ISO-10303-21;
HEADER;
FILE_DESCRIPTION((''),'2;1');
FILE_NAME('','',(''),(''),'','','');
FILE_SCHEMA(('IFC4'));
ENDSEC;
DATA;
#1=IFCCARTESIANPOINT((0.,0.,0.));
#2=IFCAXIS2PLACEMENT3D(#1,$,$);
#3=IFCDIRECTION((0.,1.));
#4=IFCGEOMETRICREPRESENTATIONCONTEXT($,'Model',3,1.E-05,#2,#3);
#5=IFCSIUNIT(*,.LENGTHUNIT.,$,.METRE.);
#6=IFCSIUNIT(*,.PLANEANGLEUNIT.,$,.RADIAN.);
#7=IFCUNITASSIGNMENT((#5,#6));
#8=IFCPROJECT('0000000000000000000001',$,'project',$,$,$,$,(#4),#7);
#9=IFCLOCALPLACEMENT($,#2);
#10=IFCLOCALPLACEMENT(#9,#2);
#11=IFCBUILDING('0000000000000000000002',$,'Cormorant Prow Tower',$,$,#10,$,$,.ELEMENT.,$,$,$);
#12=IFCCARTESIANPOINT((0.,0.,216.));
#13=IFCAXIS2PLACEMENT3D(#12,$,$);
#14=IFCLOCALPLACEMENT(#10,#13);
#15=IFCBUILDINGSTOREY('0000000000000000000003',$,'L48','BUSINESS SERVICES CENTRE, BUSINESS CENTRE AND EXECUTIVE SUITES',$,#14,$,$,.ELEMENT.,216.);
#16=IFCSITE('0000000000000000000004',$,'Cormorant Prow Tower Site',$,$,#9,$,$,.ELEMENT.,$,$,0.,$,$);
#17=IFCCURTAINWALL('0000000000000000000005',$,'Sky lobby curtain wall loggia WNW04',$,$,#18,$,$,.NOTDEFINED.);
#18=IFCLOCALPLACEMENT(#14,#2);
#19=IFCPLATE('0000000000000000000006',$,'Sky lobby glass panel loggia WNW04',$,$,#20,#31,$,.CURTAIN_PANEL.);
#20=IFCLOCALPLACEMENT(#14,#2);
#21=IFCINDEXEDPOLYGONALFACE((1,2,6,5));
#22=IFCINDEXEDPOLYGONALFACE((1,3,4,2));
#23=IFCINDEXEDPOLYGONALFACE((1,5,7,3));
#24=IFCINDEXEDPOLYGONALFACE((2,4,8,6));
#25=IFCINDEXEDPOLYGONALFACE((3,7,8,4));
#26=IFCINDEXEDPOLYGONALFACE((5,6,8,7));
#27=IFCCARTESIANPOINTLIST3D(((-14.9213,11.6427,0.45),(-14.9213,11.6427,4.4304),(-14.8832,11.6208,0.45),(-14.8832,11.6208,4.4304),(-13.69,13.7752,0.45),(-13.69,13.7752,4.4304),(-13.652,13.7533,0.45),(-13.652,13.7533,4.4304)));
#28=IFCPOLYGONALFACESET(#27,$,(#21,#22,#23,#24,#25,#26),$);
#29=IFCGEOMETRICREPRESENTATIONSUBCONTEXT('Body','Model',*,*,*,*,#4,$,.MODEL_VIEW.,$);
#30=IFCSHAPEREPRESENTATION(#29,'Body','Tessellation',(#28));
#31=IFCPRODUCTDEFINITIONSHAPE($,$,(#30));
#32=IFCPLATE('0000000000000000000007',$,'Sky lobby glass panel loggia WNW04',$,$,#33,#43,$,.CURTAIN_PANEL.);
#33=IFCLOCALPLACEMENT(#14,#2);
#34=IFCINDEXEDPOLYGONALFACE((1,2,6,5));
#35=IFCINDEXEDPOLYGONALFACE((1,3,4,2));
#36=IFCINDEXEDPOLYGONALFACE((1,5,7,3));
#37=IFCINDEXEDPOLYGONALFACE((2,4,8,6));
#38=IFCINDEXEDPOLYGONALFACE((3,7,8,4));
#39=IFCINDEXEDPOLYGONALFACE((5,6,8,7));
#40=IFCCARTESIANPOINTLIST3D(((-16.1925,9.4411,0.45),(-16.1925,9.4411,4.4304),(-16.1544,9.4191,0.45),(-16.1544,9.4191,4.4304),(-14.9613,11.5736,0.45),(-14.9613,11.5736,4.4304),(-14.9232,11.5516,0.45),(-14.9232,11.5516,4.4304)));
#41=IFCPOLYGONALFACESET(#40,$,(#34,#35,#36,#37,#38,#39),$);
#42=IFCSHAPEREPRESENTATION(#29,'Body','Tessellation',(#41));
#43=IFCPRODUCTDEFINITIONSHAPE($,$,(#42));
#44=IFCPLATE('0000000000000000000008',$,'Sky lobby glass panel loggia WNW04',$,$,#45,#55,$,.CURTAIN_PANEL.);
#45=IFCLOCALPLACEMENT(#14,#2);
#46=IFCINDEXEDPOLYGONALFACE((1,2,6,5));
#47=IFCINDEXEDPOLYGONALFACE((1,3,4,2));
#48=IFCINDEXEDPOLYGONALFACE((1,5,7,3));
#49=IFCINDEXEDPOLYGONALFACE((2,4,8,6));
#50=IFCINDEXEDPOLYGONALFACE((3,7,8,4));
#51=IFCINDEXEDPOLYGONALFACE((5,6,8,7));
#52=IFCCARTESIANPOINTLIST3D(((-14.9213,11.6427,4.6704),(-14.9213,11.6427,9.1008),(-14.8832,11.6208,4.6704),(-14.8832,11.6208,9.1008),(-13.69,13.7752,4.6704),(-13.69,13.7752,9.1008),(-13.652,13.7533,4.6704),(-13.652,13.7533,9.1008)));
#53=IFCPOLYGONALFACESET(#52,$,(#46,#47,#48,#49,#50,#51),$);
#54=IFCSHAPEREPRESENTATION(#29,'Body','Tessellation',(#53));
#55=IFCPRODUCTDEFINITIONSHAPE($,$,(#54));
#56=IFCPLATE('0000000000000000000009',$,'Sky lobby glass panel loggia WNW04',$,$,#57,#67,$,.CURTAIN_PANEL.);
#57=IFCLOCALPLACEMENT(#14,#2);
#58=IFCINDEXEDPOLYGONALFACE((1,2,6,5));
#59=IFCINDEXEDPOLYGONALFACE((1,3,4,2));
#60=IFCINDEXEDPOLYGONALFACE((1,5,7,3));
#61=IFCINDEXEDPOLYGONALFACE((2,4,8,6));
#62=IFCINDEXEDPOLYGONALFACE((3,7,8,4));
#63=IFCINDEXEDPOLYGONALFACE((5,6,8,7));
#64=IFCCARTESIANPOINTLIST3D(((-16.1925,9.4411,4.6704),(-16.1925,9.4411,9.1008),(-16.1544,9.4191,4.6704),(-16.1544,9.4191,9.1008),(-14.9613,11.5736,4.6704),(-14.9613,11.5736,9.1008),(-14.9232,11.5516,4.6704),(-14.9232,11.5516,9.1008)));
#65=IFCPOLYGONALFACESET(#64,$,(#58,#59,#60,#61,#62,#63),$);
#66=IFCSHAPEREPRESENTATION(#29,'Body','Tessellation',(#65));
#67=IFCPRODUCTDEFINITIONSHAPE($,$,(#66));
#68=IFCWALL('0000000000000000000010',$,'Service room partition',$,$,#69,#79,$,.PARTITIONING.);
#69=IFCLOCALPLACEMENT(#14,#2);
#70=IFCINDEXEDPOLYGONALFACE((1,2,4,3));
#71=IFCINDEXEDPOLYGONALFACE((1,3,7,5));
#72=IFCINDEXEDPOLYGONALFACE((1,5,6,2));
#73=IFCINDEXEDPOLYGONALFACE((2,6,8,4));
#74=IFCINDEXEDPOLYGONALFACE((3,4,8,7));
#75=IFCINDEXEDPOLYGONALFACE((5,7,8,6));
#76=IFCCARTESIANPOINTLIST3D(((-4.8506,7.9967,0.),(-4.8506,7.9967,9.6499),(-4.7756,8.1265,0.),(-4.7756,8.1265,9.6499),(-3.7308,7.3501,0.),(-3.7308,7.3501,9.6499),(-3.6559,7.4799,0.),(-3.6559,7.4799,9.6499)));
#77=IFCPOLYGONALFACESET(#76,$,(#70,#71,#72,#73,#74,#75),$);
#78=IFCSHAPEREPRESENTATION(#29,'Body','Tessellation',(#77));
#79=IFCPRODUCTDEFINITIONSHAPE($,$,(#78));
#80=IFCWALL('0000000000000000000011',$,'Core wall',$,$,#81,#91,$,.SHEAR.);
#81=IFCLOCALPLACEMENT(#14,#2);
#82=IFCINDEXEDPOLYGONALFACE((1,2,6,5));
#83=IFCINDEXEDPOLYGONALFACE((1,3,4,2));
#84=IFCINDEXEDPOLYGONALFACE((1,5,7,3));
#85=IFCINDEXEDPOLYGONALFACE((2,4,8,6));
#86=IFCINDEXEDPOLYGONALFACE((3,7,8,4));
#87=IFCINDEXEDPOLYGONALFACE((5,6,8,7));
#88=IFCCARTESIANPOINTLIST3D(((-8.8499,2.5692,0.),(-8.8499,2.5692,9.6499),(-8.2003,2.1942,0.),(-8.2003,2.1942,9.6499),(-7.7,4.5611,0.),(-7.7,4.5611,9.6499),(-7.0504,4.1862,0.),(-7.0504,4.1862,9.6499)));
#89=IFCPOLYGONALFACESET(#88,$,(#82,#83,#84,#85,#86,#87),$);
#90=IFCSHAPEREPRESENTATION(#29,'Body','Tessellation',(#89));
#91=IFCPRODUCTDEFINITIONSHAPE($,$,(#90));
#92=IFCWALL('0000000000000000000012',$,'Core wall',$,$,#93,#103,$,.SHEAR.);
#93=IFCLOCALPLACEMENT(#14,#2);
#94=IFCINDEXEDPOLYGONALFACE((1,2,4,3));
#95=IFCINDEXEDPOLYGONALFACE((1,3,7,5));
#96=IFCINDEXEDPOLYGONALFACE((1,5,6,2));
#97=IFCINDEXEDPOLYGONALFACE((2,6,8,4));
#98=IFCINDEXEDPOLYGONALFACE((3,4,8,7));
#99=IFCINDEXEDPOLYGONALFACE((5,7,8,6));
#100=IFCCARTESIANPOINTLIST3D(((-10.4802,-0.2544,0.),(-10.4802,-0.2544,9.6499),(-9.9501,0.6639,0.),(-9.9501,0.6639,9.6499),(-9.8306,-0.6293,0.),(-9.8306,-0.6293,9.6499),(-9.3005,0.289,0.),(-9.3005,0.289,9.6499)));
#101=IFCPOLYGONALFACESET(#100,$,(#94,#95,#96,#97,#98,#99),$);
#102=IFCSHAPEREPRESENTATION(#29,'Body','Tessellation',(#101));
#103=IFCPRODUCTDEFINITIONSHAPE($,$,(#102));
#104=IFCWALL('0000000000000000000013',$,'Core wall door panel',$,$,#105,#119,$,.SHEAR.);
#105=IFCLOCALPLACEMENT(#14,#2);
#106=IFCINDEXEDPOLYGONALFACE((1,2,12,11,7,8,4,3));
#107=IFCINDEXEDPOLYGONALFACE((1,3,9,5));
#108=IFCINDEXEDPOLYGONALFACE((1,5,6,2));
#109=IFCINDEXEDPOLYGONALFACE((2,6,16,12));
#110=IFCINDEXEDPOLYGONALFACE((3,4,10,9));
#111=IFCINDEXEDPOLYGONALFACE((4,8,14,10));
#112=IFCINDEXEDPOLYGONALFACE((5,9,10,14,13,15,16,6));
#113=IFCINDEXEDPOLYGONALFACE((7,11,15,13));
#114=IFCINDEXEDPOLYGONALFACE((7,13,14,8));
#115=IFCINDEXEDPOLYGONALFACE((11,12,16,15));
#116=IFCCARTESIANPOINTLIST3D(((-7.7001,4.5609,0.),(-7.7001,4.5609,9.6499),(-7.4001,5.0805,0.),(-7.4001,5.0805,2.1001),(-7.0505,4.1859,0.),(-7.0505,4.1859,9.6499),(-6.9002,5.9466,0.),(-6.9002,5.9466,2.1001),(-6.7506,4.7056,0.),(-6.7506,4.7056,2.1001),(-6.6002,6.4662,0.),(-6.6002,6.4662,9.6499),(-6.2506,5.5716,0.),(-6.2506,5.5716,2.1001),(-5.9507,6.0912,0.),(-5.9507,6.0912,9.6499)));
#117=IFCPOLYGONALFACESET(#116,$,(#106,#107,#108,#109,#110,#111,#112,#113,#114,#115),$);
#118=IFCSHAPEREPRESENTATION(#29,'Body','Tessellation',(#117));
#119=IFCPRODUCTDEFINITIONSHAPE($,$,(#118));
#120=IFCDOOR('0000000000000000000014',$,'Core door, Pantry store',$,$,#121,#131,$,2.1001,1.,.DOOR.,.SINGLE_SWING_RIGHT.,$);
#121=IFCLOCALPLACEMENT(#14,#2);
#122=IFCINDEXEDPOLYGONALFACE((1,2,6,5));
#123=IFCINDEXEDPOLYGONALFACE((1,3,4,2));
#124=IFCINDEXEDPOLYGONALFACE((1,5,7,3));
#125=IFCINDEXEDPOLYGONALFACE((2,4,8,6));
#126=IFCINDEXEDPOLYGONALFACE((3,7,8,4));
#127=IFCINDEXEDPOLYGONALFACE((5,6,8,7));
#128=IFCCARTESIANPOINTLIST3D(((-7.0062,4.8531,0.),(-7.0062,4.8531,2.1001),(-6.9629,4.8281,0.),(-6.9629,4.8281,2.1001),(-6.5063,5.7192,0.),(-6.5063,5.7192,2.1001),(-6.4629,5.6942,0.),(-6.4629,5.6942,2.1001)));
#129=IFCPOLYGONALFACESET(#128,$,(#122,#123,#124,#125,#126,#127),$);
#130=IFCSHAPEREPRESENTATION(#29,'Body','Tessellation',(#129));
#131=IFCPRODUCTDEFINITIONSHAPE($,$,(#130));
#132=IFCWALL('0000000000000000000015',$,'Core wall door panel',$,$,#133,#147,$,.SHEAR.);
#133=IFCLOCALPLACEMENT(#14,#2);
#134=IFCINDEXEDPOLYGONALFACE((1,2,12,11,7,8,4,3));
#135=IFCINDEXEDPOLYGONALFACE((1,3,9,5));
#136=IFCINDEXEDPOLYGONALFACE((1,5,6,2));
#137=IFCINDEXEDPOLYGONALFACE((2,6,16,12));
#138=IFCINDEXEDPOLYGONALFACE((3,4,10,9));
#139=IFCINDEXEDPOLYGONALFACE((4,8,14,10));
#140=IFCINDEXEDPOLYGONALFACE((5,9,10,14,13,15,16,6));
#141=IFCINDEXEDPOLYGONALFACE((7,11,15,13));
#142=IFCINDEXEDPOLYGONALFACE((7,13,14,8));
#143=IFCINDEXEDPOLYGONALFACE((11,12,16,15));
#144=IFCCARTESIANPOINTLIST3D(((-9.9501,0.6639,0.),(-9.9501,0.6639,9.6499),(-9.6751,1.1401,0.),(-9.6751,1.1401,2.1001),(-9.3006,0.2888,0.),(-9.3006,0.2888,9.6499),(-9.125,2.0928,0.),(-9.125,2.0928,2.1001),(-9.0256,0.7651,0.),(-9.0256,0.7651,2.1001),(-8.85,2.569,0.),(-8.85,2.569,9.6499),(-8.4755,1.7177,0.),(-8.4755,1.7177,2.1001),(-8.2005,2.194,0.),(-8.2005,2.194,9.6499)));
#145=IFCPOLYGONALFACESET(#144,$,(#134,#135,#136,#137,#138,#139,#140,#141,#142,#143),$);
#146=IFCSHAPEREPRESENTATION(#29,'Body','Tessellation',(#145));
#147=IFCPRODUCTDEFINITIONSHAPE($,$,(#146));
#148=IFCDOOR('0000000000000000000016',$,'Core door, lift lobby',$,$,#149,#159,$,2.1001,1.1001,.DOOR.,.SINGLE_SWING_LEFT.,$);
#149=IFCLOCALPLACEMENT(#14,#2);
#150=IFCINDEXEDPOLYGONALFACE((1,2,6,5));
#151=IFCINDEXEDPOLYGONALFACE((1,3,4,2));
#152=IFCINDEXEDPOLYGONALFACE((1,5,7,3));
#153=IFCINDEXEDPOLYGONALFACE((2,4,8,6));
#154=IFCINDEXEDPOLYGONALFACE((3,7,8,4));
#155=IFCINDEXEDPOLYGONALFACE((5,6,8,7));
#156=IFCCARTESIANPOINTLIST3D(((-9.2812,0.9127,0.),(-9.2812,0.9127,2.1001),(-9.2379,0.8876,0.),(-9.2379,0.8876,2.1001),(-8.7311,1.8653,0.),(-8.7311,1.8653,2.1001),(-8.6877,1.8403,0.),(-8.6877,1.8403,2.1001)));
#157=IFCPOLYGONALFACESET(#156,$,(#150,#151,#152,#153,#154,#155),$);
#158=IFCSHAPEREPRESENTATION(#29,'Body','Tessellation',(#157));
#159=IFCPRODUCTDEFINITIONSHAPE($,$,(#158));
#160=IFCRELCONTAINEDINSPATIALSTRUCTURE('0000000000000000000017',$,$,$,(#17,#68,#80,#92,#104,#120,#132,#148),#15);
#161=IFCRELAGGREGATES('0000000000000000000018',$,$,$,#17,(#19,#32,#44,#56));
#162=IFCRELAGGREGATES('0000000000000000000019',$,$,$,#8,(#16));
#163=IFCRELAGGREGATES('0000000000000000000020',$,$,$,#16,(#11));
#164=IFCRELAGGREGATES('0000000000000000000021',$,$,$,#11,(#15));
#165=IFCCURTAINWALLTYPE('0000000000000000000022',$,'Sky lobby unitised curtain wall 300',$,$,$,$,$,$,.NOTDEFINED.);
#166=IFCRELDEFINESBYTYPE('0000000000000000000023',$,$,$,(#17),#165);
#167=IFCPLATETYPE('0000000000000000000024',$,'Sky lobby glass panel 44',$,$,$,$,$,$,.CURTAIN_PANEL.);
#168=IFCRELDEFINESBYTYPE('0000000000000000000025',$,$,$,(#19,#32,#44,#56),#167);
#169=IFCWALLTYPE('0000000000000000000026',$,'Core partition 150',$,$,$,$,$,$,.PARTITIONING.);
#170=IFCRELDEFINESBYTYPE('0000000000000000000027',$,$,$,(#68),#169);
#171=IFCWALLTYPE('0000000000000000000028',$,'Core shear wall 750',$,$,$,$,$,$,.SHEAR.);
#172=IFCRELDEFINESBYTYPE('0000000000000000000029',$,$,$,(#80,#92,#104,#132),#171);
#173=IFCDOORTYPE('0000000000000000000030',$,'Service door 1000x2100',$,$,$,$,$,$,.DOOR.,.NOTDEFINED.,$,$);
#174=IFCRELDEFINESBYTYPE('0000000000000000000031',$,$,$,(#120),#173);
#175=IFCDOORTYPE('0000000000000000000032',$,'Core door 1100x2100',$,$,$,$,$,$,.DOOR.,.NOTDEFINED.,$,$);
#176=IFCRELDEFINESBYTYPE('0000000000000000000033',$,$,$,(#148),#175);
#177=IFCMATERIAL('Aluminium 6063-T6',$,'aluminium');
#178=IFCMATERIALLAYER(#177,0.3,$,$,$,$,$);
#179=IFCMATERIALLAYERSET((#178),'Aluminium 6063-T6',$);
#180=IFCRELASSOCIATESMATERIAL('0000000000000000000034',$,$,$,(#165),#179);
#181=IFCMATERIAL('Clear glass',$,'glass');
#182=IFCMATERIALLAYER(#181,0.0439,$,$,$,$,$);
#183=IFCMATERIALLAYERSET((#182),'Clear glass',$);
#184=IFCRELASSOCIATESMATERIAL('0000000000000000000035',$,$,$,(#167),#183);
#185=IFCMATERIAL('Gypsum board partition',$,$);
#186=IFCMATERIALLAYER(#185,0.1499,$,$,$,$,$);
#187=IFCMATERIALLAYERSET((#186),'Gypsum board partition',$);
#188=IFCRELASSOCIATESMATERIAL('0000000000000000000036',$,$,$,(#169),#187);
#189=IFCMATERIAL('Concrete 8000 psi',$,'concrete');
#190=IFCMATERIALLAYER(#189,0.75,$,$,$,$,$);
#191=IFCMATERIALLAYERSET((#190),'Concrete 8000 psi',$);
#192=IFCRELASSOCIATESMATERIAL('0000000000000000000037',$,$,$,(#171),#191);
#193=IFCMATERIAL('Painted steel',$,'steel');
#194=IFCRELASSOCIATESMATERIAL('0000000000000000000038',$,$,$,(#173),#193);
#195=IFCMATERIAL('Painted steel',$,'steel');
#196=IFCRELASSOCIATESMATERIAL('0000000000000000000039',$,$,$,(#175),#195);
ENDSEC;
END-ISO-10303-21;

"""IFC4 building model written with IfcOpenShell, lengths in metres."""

from ifc_helpers import new_model, si_unit, direction, frame, frame_2d, origin, origin_2d, place, context, subcontext, project, spatial, rectangle, extrude, material, layer, layer_set, type_object, element, fill, aggregate, save


model = new_model("IFC4")

# Units and contexts
model_context = context("Model", 3, precision=1e-05, world=origin(), true_north=direction((0.0, 1.0)))
body_context = subcontext(model_context, "Body", "Model", "MODEL_VIEW")
ifc_project = project(units=[si_unit("LENGTHUNIT", "METRE"), si_unit("PLANEANGLEUNIT", "RADIAN")], contexts=[model_context])

# Site, building, storey
site_placement = place(None, origin())
site = spatial("IfcSite", under=ifc_project, at=site_placement, Name="Cormorant Prow Tower Site", CompositionType="ELEMENT", RefElevation=0.0)
building_placement = place(site_placement, origin())
building = spatial("IfcBuilding", under=site, at=building_placement, Name="Cormorant Prow Tower", CompositionType="ELEMENT")
storey_placement = place(building_placement, frame((0.0, 0.0, 216.0)))
storey = spatial("IfcBuildingStorey", under=building, at=storey_placement, Name="L48", Description="BUSINESS SERVICES CENTRE, BUSINESS CENTRE AND EXECUTIVE SUITES", CompositionType="ELEMENT", Elevation=216.0)

# Curtain wall
ifc_material_1 = material(Name="Aluminium 6063-T6", Category="aluminium")
ifc_layer_1 = layer(ifc_material_1, 0.3)
ifc_layer_set_1 = layer_set([ifc_layer_1], Name="Aluminium 6063-T6")
curtain_wall_type = type_object("IfcCurtainWallType", Name="Sky lobby unitised curtain wall 300", PredefinedType="NOTDEFINED", material=ifc_layer_set_1)
curtain_wall_placement = place(storey_placement, origin())
curtain_wall = element("IfcCurtainWall", 1, at=curtain_wall_placement, inside=storey, type_object=curtain_wall_type, Name="Sky lobby curtain wall loggia WNW04", PredefinedType="NOTDEFINED")

# Plates
ifc_material_2 = material(Name="Clear glass", Category="glass")
ifc_layer_2 = layer(ifc_material_2, 0.0439)
ifc_layer_set_2 = layer_set([ifc_layer_2], Name="Clear glass")
plate_type = type_object("IfcPlateType", Name="Sky lobby glass panel 44", PredefinedType="CURTAIN_PANEL", material=ifc_layer_set_2)
plate_1_placement = place(storey_placement, frame((-14.2866, 12.698, 0.45), z_axis=(0.0, 0.0, 1.0), x_axis=(-0.5, -0.866025, 0.0)))
plate_1 = element("IfcPlate", 2, at=plate_1_placement, type_object=plate_type, Name="Sky lobby glass panel loggia WNW04", PredefinedType="CURTAIN_PANEL", context=body_context, shape_type="SweptSolid", body=[
    extrude(rectangle(XDim=2.4624, YDim=0.0439, at=origin_2d()), origin(), (0.0, 0.0, 1.0), 3.9805),
])
plate_2_placement = place(storey_placement, frame((-15.5579, 10.4963, 0.45), z_axis=(0.0, 0.0, 1.0), x_axis=(-0.5, -0.866025, 0.0)))
plate_2 = element("IfcPlate", 3, at=plate_2_placement, type_object=plate_type, Name="Sky lobby glass panel loggia WNW04", PredefinedType="CURTAIN_PANEL", context=body_context, shape_type="SweptSolid", body=[
    extrude(rectangle(XDim=2.4624, YDim=0.0439, at=origin_2d()), origin(), (0.0, 0.0, 1.0), 3.9805),
])
plate_3_placement = place(storey_placement, frame((-14.2866, 12.698, 4.6704), z_axis=(0.0, 0.0, 1.0), x_axis=(-0.5, -0.866025, 0.0)))
plate_3 = element("IfcPlate", 4, at=plate_3_placement, type_object=plate_type, Name="Sky lobby glass panel loggia WNW04", PredefinedType="CURTAIN_PANEL", context=body_context, shape_type="SweptSolid", body=[
    extrude(rectangle(XDim=2.4624, YDim=0.0439, at=origin_2d()), origin(), (0.0, 0.0, 1.0), 4.4304),
])
plate_4_placement = place(storey_placement, frame((-15.5579, 10.4963, 4.6704), z_axis=(0.0, 0.0, 1.0), x_axis=(-0.5, -0.866025, 0.0)))
plate_4 = element("IfcPlate", 5, at=plate_4_placement, type_object=plate_type, Name="Sky lobby glass panel loggia WNW04", PredefinedType="CURTAIN_PANEL", context=body_context, shape_type="SweptSolid", body=[
    extrude(rectangle(XDim=2.4624, YDim=0.0439, at=origin_2d()), origin(), (0.0, 0.0, 1.0), 4.4304),
])
aggregate(curtain_wall, [plate_1, plate_2, plate_3, plate_4])

# Walls
ifc_material_3 = material(Name="Gypsum board partition")
ifc_layer_3 = layer(ifc_material_3, 0.1499)
ifc_layer_set_3 = layer_set([ifc_layer_3], Name="Gypsum board partition")
wall_type_1 = type_object("IfcWallType", Name="Core partition 150", PredefinedType="PARTITIONING", material=ifc_layer_set_3)
wall_1_placement = place(storey_placement, frame((-3.6934, 7.415, 0.0), z_axis=(0.0, 0.0, 1.0), x_axis=(-0.866003, 0.500038, 0.0)))
element("IfcWall", 6, at=wall_1_placement, inside=storey, type_object=wall_type_1, Name="Service room partition", PredefinedType="PARTITIONING", context=body_context, shape_type="SweptSolid", body=[
    extrude(rectangle(XDim=1.293, YDim=0.1499, at=frame_2d((0.6465, 0.0))), origin(), (0.0, 0.0, 1.0), 9.6499),
])
ifc_material_4 = material(Name="Concrete 8000 psi", Category="concrete")
ifc_layer_4 = layer(ifc_material_4, 0.75)
ifc_layer_set_4 = layer_set([ifc_layer_4], Name="Concrete 8000 psi")
wall_type_2 = type_object("IfcWallType", Name="Core shear wall 750", PredefinedType="SHEAR", material=ifc_layer_set_4)
wall_2_placement = place(storey_placement, frame((-7.3752, 4.3735, 0.0), z_axis=(0.0, 0.0, 1.0), x_axis=(-0.499952, -0.866053, 0.0)))
element("IfcWall", 7, at=wall_2_placement, inside=storey, type_object=wall_type_2, Name="Core wall", PredefinedType="SHEAR", context=body_context, shape_type="SweptSolid", body=[
    extrude(rectangle(XDim=2.3, YDim=0.75, at=frame_2d((1.1499, 0.0))), origin(), (0.0, 0.0, 1.0), 9.6499),
])
wall_3_placement = place(storey_placement, frame((-9.6252, 0.4766, 0.0), z_axis=(0.0, 0.0, 1.0), x_axis=(-0.499928, -0.866067, 0.0)))
element("IfcWall", 8, at=wall_3_placement, inside=storey, type_object=wall_type_2, Name="Core wall", PredefinedType="SHEAR", context=body_context, shape_type="SweptSolid", body=[
    extrude(rectangle(XDim=1.0603, YDim=0.75, at=frame_2d((0.5303, 0.0))), origin(), (0.0, 0.0, 1.0), 9.6499),
])

# Walls, openings, doors
wall_4_placement = place(storey_placement, frame((-6.2754, 6.2788, 0.0), z_axis=(0.0, 0.0, 1.0), x_axis=(-0.499947, -0.866056, 0.0)))
wall_4 = element("IfcWall", 9, at=wall_4_placement, inside=storey, type_object=wall_type_2, Name="Core wall door panel", PredefinedType="SHEAR", context=body_context, shape_type="SweptSolid", body=[
    extrude(rectangle(XDim=2.2, YDim=0.75, at=frame_2d((1.1001, 0.0))), origin(), (0.0, 0.0, 1.0), 9.6499),
])
opening_1_placement = place(wall_4_placement, frame((0.6001, 0.0, 0.0)))
opening_1 = element("IfcOpeningElement", 10, at=opening_1_placement, cuts=wall_4, PredefinedType="OPENING", context=body_context, shape_type="SweptSolid", body=[
    extrude(rectangle(XDim=1.0, YDim=2.1001, at=frame_2d((0.5, 1.05))), frame((0.0, 0.385, 0.0), z_axis=(0.0, -1.0, 0.0), x_axis=(1.0, 0.0, 0.0)), (0.0, 0.0, 1.0), 0.77),
])
ifc_material_5 = material(Name="Painted steel", Category="steel")
door_type_1 = type_object("IfcDoorType", Name="Service door 1000x2100", OperationType="NOTDEFINED", PredefinedType="DOOR", material=ifc_material_5)
door_1_placement = place(opening_1_placement, origin())
door_1 = element("IfcDoor", 11, at=door_1_placement, inside=storey, type_object=door_type_1, Name="Core door, Pantry store", OperationType="SINGLE_SWING_RIGHT", OverallHeight=2.1001, OverallWidth=1.0, PredefinedType="DOOR", context=body_context, shape_type="SweptSolid", body=[
    extrude(rectangle(XDim=1.0, YDim=2.1001, at=frame_2d((0.5, 1.05))), frame((0.0, 0.1299, 0.0), z_axis=(0.0, -1.0, 0.0), x_axis=(1.0, 0.0, 0.0)), (0.0, 0.0, 1.0), 0.05),
])
fill(opening_1, door_1)
wall_5_placement = place(storey_placement, frame((-8.5251, 2.3816, 0.0), z_axis=(0.0, 0.0, 1.0), x_axis=(-0.500078, -0.86598, 0.0)))
wall_5 = element("IfcWall", 12, at=wall_5_placement, inside=storey, type_object=wall_type_2, Name="Core wall door panel", PredefinedType="SHEAR", context=body_context, shape_type="SweptSolid", body=[
    extrude(rectangle(XDim=2.2, YDim=0.75, at=frame_2d((1.1001, 0.0))), origin(), (0.0, 0.0, 1.0), 9.6499),
])
opening_2_placement = place(wall_5_placement, frame((0.55, 0.0, 0.0)))
opening_2 = element("IfcOpeningElement", 13, at=opening_2_placement, cuts=wall_5, PredefinedType="OPENING", context=body_context, shape_type="SweptSolid", body=[
    extrude(rectangle(XDim=1.1001, YDim=2.1001, at=frame_2d((0.55, 1.05))), frame((0.0, 0.385, 0.0), z_axis=(0.0, -1.0, 0.0), x_axis=(1.0, 0.0, 0.0)), (0.0, 0.0, 1.0), 0.77),
])
ifc_material_6 = material(Name="Painted steel", Category="steel")
door_type_2 = type_object("IfcDoorType", Name="Core door 1100x2100", OperationType="NOTDEFINED", PredefinedType="DOOR", material=ifc_material_6)
door_2_placement = place(opening_2_placement, origin())
door_2 = element("IfcDoor", 14, at=door_2_placement, inside=storey, type_object=door_type_2, Name="Core door, lift lobby", OperationType="SINGLE_SWING_LEFT", OverallHeight=2.1001, OverallWidth=1.1001, PredefinedType="DOOR", context=body_context, shape_type="SweptSolid", body=[
    extrude(rectangle(XDim=1.1001, YDim=2.1001, at=frame_2d((0.55, 1.05))), frame((0.0, 0.1299, 0.0), z_axis=(0.0, -1.0, 0.0), x_axis=(1.0, 0.0, 0.0)), (0.0, 0.0, 1.0), 0.05),
])
fill(opening_2, door_2)

save(model, "model.ifc")
